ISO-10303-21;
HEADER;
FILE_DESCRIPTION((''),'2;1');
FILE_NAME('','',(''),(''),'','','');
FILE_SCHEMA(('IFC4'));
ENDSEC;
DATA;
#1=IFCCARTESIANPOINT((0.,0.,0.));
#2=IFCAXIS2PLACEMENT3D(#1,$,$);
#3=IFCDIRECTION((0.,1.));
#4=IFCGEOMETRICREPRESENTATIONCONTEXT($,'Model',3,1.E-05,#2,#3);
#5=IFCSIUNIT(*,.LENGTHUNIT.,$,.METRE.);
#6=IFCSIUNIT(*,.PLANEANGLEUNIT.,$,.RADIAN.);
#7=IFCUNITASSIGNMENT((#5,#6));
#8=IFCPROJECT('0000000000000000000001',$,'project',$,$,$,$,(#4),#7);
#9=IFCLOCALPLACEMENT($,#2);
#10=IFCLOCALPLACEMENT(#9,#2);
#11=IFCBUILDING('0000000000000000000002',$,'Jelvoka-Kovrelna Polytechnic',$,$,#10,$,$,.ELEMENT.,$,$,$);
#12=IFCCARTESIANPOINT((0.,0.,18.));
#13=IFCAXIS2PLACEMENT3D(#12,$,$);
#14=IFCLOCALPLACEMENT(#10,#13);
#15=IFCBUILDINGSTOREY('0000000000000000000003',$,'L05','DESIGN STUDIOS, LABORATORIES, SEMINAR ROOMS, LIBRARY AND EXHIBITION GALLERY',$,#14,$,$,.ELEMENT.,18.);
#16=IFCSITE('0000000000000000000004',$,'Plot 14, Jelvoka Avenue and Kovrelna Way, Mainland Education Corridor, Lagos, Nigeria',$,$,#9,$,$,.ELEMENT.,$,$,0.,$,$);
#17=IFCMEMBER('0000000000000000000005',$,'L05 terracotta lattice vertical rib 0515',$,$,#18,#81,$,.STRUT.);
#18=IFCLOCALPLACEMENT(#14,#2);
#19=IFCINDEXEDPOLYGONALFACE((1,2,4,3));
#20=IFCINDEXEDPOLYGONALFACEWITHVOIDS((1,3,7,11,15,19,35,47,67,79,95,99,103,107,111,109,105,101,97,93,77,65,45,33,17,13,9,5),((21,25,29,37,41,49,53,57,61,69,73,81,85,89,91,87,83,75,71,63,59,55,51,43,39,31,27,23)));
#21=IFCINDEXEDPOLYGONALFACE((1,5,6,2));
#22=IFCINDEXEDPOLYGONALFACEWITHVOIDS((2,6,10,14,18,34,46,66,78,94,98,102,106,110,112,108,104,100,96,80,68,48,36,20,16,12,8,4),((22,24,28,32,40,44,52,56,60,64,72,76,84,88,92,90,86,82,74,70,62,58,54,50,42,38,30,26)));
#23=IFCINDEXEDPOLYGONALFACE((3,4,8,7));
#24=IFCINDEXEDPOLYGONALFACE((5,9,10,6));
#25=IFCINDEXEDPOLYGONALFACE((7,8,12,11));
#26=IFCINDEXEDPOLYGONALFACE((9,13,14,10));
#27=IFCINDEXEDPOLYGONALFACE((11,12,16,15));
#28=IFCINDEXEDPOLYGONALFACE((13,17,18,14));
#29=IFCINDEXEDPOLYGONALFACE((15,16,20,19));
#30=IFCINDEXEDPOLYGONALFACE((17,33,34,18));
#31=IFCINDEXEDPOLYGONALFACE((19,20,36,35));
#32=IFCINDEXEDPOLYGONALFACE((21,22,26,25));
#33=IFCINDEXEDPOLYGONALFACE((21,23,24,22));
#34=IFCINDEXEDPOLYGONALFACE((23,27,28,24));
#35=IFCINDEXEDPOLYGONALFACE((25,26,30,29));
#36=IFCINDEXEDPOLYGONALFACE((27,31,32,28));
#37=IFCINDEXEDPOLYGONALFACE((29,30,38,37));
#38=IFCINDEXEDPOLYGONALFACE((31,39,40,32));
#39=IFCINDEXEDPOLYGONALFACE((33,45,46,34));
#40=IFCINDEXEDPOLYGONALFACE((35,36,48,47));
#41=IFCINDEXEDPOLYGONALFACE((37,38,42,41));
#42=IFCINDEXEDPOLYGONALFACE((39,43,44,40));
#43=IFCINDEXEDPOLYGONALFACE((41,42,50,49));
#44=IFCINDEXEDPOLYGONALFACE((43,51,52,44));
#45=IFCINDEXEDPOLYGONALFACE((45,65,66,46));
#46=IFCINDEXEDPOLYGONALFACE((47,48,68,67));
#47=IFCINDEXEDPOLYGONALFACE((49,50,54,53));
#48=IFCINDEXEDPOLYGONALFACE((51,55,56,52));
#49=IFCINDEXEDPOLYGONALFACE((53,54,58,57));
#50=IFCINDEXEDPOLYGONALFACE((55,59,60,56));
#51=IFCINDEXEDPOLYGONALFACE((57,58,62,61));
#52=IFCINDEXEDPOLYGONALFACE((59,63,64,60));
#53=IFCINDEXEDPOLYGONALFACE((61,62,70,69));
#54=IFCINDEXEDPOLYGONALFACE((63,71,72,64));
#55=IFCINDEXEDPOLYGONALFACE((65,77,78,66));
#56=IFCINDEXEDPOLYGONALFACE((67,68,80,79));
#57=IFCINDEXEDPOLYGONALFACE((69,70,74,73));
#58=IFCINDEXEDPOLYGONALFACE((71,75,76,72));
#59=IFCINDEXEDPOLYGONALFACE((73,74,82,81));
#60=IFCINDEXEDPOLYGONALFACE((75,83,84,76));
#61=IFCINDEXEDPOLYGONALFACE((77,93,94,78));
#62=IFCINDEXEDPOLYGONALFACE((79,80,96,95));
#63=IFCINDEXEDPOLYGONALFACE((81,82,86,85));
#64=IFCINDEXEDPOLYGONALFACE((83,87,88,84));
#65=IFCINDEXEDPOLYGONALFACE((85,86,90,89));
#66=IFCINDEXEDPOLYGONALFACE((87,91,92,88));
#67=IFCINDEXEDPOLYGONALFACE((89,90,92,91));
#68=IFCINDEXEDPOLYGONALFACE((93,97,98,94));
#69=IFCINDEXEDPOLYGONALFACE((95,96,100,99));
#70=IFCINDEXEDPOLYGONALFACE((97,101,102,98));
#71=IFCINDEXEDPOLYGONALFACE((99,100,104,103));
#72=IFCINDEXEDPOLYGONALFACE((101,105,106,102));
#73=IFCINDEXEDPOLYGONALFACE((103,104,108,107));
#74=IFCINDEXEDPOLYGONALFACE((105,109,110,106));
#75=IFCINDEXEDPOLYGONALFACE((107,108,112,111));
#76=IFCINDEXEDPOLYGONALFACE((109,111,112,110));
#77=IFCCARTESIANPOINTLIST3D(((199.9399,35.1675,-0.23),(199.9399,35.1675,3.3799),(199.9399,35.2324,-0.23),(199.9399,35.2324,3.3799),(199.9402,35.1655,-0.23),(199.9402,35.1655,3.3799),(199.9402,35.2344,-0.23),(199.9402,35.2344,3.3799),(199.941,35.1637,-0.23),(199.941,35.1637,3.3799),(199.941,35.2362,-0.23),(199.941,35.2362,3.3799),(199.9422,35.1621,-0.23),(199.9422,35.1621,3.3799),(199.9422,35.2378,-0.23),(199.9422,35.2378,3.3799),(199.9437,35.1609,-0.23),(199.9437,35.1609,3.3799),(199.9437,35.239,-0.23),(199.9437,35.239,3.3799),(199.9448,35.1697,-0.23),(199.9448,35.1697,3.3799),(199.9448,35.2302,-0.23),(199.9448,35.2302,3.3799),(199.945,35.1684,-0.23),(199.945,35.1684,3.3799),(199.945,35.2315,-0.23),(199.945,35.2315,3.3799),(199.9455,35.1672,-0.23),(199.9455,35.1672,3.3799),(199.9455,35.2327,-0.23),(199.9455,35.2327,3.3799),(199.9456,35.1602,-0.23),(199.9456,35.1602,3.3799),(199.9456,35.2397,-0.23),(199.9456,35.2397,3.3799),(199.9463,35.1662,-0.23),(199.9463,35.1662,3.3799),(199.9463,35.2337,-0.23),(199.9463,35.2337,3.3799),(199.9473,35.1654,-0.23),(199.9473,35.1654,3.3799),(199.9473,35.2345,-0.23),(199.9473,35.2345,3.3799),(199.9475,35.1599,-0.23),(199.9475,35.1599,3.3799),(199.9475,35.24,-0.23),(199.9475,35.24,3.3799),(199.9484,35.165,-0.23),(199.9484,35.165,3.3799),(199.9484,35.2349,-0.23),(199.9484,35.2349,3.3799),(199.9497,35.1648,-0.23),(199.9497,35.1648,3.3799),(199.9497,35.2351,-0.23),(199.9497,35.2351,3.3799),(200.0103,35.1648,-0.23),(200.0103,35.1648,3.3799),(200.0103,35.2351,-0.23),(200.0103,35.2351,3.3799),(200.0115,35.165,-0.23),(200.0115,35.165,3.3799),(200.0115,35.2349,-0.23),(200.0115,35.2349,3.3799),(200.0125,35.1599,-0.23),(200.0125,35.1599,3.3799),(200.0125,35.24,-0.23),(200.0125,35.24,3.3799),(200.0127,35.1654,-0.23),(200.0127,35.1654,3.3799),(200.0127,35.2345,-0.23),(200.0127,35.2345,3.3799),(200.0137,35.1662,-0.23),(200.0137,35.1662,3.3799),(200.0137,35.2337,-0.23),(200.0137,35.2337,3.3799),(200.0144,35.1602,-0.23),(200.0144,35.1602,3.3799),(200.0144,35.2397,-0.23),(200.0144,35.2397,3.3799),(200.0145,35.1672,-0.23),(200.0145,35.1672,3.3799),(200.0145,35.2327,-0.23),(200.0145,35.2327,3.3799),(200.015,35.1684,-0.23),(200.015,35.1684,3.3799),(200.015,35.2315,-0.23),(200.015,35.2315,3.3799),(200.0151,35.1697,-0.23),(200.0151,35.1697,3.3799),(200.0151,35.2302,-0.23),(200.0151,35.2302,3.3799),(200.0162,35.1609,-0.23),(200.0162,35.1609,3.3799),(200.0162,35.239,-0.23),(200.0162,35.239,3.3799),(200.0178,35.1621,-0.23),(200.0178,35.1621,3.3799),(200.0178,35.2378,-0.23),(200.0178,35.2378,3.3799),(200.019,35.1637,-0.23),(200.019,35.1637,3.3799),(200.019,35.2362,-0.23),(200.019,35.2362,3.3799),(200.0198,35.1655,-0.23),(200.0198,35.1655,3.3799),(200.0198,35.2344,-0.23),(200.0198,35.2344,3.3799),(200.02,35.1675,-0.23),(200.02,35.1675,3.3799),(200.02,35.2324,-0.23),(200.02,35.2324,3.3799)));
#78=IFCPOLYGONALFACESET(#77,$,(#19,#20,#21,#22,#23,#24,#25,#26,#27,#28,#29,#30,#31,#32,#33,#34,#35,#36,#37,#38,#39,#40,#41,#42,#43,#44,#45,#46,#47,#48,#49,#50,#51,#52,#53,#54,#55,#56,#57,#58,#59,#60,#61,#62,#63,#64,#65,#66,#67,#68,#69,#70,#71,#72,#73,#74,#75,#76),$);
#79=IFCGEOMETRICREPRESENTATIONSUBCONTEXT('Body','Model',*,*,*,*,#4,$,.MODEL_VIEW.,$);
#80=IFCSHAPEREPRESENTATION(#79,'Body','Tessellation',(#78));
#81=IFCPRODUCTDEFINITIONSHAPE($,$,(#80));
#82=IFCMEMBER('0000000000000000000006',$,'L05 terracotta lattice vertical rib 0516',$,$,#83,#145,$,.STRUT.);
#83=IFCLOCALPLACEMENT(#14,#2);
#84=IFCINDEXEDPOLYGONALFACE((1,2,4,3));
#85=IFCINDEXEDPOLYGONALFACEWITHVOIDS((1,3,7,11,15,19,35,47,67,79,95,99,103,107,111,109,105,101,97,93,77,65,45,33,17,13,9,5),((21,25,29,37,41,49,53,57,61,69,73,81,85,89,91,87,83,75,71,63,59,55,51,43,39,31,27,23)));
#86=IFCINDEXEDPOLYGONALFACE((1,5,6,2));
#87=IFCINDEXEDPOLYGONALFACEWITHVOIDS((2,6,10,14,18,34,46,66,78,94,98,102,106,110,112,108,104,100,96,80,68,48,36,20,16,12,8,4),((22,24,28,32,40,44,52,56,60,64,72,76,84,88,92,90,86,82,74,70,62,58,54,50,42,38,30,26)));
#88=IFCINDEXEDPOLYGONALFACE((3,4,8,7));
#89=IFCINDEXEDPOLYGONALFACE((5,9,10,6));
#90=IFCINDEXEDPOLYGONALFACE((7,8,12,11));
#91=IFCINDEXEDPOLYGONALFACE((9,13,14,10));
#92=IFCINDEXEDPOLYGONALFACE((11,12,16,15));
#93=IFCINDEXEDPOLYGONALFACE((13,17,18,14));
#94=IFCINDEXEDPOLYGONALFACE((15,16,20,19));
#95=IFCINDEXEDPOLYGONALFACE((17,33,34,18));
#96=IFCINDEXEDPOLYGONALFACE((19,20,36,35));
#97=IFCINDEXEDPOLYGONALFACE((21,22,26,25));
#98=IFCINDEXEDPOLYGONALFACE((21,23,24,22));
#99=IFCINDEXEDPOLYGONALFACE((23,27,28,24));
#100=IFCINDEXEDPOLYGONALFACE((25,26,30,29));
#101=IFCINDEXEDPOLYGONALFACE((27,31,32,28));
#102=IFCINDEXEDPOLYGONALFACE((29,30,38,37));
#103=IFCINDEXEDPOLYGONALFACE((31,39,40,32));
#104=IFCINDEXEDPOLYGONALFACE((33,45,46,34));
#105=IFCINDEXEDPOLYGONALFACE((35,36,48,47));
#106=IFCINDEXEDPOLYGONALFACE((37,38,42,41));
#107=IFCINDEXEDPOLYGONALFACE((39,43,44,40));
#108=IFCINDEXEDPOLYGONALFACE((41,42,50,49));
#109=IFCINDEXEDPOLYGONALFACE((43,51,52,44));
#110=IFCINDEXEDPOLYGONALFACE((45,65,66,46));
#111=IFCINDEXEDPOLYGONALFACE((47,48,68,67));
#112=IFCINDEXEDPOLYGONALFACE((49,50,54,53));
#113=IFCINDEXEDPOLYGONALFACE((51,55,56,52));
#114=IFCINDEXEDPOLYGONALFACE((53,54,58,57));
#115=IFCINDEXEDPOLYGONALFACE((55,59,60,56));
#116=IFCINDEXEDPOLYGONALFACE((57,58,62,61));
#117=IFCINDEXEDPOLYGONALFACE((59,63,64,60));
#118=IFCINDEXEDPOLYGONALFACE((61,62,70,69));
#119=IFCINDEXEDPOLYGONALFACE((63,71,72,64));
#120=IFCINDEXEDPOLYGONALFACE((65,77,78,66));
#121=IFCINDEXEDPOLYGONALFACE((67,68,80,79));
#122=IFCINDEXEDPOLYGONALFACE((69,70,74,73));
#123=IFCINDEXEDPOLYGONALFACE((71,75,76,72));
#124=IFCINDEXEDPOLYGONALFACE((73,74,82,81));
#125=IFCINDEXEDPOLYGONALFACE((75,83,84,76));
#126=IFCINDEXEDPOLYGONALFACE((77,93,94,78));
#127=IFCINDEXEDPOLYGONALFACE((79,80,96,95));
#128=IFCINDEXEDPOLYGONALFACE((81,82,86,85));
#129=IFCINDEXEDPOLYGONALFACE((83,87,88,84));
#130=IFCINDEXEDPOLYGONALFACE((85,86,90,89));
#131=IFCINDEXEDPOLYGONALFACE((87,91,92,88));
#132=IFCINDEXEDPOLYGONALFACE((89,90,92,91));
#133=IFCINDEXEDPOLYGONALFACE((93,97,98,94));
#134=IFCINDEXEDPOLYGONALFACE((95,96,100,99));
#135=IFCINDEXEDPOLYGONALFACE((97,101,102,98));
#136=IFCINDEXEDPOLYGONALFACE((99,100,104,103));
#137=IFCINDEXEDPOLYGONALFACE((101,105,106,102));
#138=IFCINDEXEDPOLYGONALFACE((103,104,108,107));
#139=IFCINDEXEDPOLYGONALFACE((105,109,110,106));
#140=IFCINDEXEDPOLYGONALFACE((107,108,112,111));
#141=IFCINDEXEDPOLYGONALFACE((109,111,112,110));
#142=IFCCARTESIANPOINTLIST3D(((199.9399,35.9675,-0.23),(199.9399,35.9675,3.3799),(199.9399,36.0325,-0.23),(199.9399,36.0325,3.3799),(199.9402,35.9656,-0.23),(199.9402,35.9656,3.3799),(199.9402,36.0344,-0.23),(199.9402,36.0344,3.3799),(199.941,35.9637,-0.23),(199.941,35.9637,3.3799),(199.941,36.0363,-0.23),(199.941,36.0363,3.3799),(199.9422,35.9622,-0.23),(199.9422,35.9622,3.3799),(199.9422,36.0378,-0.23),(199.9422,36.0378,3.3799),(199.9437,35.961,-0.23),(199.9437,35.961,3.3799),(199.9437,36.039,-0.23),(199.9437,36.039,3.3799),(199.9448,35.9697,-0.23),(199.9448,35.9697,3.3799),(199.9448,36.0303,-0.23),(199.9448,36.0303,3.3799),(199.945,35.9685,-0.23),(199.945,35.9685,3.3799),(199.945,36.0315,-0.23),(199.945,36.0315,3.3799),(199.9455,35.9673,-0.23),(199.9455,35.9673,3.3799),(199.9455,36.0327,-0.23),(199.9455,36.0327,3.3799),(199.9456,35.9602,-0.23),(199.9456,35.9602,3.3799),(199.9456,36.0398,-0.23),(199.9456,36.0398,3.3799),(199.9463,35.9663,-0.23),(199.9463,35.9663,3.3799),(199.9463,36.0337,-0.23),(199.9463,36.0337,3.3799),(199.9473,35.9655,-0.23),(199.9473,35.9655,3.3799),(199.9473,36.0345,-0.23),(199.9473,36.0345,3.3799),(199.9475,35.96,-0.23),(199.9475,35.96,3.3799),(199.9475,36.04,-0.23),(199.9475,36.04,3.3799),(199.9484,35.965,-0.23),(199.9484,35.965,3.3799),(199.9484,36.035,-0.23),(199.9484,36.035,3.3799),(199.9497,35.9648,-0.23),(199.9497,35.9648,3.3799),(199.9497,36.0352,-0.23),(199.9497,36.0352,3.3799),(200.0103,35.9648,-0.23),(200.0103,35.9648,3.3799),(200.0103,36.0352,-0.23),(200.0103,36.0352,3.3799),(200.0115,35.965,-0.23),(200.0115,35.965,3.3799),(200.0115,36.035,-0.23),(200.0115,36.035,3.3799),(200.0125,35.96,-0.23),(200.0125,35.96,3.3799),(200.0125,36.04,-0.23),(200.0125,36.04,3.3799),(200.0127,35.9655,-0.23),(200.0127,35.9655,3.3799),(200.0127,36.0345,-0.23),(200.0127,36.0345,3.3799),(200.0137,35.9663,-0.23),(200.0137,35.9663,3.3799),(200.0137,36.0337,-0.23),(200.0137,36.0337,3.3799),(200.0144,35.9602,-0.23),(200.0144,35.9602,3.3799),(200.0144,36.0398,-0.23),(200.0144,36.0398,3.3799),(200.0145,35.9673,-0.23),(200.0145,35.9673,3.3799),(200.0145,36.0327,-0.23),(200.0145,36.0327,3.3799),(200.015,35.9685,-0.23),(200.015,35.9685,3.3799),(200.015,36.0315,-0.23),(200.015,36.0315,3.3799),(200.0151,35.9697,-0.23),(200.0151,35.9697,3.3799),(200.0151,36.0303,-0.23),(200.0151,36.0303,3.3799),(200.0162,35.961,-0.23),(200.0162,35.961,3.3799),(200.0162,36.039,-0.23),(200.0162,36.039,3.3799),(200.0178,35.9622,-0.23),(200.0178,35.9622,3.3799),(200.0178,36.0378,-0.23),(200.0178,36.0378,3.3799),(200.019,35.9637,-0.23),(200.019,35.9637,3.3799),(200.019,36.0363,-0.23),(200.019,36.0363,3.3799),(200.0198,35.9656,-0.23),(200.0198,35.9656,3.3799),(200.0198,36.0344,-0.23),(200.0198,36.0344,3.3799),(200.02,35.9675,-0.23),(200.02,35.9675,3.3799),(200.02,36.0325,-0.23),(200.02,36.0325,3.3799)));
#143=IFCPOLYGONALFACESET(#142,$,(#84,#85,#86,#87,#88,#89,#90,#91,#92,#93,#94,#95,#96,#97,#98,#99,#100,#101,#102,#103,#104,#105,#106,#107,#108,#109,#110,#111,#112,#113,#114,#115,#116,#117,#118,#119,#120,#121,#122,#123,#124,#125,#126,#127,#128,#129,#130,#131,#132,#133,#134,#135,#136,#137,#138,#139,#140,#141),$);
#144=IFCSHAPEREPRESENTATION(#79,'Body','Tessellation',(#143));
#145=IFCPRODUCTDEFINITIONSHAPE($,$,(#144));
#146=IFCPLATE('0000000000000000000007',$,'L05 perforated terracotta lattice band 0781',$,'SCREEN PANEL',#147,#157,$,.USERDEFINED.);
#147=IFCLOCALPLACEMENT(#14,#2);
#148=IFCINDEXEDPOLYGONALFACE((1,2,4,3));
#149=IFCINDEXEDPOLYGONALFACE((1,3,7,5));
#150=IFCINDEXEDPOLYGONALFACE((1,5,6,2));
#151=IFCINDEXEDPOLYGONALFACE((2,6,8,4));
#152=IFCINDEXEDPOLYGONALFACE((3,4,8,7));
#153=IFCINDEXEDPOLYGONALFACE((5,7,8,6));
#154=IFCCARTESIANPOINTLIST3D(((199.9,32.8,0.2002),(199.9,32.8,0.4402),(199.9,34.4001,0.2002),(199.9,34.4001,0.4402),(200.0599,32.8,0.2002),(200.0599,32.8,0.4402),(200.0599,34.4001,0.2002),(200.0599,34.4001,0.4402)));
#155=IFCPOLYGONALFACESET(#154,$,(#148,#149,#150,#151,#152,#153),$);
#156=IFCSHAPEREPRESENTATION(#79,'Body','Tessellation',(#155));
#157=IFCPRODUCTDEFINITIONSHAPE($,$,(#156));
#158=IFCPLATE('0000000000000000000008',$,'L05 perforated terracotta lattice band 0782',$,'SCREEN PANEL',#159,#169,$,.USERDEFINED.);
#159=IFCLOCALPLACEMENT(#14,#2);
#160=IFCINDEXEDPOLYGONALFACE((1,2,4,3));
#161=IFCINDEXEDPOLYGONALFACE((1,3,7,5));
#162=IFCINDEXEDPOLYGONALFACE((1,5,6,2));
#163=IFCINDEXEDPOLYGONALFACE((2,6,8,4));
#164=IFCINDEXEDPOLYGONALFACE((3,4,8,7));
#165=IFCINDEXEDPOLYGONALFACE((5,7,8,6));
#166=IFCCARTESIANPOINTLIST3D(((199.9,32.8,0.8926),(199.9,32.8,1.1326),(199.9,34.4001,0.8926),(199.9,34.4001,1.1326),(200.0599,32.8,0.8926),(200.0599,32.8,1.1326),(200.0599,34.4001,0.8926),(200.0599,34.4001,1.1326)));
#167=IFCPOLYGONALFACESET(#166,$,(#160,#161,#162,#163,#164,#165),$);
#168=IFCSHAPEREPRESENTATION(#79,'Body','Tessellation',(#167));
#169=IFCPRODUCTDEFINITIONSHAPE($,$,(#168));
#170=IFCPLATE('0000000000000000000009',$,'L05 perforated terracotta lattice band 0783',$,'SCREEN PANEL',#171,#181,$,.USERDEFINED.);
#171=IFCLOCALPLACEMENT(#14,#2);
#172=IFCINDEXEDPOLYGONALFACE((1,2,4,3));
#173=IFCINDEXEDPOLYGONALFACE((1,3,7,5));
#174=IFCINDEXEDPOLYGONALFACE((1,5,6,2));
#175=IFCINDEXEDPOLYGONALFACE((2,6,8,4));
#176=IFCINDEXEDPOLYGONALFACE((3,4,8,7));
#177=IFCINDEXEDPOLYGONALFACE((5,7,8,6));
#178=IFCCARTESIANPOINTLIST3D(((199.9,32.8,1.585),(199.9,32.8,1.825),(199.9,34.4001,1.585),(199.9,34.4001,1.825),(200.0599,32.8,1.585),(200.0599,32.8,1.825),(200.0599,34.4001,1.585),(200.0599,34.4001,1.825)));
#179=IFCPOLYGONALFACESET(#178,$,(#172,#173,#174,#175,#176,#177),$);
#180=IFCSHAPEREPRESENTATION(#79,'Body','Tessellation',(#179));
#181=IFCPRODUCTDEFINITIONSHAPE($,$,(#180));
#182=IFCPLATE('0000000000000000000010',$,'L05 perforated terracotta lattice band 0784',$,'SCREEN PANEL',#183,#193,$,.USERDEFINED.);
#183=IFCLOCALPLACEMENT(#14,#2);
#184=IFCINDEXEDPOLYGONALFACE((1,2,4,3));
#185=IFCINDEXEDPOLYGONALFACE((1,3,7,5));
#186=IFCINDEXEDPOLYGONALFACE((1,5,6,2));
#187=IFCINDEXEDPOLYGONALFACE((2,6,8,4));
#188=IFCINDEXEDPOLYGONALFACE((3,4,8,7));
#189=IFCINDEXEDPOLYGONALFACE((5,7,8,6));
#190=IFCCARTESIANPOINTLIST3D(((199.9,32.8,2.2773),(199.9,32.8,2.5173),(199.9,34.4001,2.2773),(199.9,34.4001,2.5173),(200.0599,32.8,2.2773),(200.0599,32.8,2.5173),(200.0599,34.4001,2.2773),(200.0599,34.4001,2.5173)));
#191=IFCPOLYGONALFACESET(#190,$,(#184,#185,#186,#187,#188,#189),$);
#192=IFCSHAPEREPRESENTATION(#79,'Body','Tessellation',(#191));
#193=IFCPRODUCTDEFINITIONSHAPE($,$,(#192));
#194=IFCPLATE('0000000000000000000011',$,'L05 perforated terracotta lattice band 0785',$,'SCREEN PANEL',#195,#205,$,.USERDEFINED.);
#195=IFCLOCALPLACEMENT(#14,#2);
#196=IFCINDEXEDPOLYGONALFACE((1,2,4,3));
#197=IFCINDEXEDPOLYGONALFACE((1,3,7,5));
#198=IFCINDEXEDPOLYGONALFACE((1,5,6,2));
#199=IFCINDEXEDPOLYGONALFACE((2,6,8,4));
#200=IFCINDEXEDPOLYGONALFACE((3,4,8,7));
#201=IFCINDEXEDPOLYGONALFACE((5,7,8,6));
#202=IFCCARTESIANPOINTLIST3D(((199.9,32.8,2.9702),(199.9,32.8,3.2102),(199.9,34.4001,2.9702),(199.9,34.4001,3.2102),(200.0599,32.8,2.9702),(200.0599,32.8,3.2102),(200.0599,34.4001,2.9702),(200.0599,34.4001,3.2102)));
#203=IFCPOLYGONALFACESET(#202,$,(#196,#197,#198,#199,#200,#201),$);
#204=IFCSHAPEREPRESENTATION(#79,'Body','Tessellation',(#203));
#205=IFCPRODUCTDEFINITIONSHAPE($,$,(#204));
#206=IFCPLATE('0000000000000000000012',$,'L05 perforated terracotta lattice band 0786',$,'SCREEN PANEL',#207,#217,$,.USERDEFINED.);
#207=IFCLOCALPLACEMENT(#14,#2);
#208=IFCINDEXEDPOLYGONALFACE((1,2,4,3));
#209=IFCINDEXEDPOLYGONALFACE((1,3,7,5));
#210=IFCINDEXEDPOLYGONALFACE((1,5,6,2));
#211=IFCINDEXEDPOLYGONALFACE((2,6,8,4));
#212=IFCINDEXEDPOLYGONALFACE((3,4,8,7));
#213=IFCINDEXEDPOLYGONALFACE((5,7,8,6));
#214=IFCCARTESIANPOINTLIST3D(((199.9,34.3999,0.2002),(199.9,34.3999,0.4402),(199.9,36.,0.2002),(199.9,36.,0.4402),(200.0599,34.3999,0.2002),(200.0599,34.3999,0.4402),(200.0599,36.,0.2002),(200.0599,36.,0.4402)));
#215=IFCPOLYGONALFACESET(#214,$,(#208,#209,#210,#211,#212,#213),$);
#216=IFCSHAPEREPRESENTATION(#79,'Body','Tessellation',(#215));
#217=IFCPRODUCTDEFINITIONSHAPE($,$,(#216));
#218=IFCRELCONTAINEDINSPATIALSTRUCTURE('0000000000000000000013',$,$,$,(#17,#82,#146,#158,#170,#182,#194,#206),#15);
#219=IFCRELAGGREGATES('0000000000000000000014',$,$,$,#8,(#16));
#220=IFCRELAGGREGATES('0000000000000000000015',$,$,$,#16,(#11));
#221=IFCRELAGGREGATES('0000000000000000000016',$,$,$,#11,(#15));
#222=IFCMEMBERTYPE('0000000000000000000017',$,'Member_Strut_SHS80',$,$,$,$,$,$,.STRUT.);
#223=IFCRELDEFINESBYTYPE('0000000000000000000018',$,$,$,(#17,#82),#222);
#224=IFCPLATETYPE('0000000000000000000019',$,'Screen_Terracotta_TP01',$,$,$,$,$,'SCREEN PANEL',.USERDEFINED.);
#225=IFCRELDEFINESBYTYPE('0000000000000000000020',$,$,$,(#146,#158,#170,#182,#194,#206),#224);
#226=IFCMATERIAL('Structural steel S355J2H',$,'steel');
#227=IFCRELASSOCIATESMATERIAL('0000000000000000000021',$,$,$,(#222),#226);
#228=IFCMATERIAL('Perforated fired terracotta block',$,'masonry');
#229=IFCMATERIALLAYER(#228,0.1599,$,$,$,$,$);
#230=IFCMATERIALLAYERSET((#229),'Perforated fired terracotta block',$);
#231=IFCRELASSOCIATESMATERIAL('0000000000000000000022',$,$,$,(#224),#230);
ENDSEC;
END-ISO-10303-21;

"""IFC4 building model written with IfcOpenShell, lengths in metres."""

from ifc_helpers import new_model, si_unit, direction, frame, origin, origin_2d, place, context, subcontext, project, spatial, rectangle, hollow_rectangle, extrude, material, layer, layer_set, material_profile, profile_set, type_object, element, save


model = new_model("IFC4")

# Units and contexts
model_context = context("Model", 3, precision=1e-05, world=origin(), true_north=direction((0.0, 1.0)))
body_context = subcontext(model_context, "Body", "Model", "MODEL_VIEW")
ifc_project = project(units=[si_unit("LENGTHUNIT", "METRE"), si_unit("PLANEANGLEUNIT", "RADIAN")], contexts=[model_context])

# Site, building, storey
site_placement = place(None, origin())
site = spatial("IfcSite", under=ifc_project, at=site_placement, Name="Plot 14, Jelvoka Avenue and Kovrelna Way, Mainland Education Corridor, Lagos, Nigeria", CompositionType="ELEMENT", RefElevation=0.0)
building_placement = place(site_placement, origin())
building = spatial("IfcBuilding", under=site, at=building_placement, Name="Jelvoka-Kovrelna Polytechnic", CompositionType="ELEMENT")
storey_placement = place(building_placement, frame((0.0, 0.0, 18.0)))
storey = spatial("IfcBuildingStorey", under=building, at=storey_placement, Name="L05", Description="DESIGN STUDIOS, LABORATORIES, SEMINAR ROOMS, LIBRARY AND EXHIBITION GALLERY", CompositionType="ELEMENT", Elevation=18.0)

# Members
ifc_material_1 = material(Name="Structural steel S355J2H", Category="steel")
ifc_material_profile_1 = material_profile(ifc_material_1, hollow_rectangle(XDim=0.0801, YDim=0.0801, WallThickness=0.0049, InnerFilletRadius=0.0049, OuterFilletRadius=0.0076, at=origin_2d()), Name="80x80x5.0 SHS")
ifc_profile_set_1 = profile_set([ifc_material_profile_1], Name="Structural steel S355J2H")
member_type_1 = type_object("IfcMemberType", Name="Member_Strut_SHS80", PredefinedType="STRUT", material=ifc_profile_set_1)
for number, where, z_axis, x_axis, name in (
    (1, (199.98, 35.2, -0.23), (0.0, 0.0, 1.0), (1.0, 0.0, 0.0), "L05 terracotta lattice vertical rib 0515"),
    (2, (199.98, 36.0, -0.23), (0.0, 0.0, 1.0), (1.0, 0.0, 0.0), "L05 terracotta lattice vertical rib 0516"),
):
    element("IfcMember", number, at=place(storey_placement, frame(where, z_axis=z_axis, x_axis=x_axis)), inside=storey, type_object=member_type_1, Name=name, PredefinedType="STRUT", context=body_context, shape_type="SweptSolid", body=[
        extrude(hollow_rectangle(XDim=0.0801, YDim=0.0801, WallThickness=0.0049, InnerFilletRadius=0.0049, OuterFilletRadius=0.0076, at=origin_2d()), origin(), (0.0, 0.0, 1.0), 3.6099),
    ])

# Plates
ifc_material_2 = material(Name="Perforated fired terracotta block", Category="masonry")
ifc_layer_1 = layer(ifc_material_2, 0.1599)
ifc_layer_set_1 = layer_set([ifc_layer_1], Name="Perforated fired terracotta block")
plate_type = type_object("IfcPlateType", Name="Screen_Terracotta_TP01", ElementType="SCREEN PANEL", PredefinedType="USERDEFINED", material=ifc_layer_set_1)
for number, where, z_axis, x_axis, name in (
    (3, (199.98, 33.6001, 0.2002), (0.0, 0.0, 1.0), (0.0, 1.0, 0.0), "L05 perforated terracotta lattice band 0781"),
    (4, (199.98, 33.6001, 0.8926), (0.0, 0.0, 1.0), (0.0, 1.0, 0.0), "L05 perforated terracotta lattice band 0782"),
    (5, (199.98, 33.6001, 1.585), (0.0, 0.0, 1.0), (0.0, 1.0, 0.0), "L05 perforated terracotta lattice band 0783"),
    (6, (199.98, 33.6001, 2.2773), (0.0, 0.0, 1.0), (0.0, 1.0, 0.0), "L05 perforated terracotta lattice band 0784"),
    (7, (199.98, 33.6001, 2.9702), (0.0, 0.0, 1.0), (0.0, 1.0, 0.0), "L05 perforated terracotta lattice band 0785"),
    (8, (199.98, 35.2, 0.2002), (0.0, 0.0, 1.0), (0.0, 1.0, 0.0), "L05 perforated terracotta lattice band 0786"),
):
    element("IfcPlate", number, at=place(storey_placement, frame(where, z_axis=z_axis, x_axis=x_axis)), inside=storey, type_object=plate_type, Name=name, ObjectType="SCREEN PANEL", PredefinedType="USERDEFINED", context=body_context, shape_type="SweptSolid", body=[
        extrude(rectangle(XDim=1.6001, YDim=0.1599, at=origin_2d()), origin(), (0.0, 0.0, 1.0), 0.24),
    ])

save(model, "model.ifc")
